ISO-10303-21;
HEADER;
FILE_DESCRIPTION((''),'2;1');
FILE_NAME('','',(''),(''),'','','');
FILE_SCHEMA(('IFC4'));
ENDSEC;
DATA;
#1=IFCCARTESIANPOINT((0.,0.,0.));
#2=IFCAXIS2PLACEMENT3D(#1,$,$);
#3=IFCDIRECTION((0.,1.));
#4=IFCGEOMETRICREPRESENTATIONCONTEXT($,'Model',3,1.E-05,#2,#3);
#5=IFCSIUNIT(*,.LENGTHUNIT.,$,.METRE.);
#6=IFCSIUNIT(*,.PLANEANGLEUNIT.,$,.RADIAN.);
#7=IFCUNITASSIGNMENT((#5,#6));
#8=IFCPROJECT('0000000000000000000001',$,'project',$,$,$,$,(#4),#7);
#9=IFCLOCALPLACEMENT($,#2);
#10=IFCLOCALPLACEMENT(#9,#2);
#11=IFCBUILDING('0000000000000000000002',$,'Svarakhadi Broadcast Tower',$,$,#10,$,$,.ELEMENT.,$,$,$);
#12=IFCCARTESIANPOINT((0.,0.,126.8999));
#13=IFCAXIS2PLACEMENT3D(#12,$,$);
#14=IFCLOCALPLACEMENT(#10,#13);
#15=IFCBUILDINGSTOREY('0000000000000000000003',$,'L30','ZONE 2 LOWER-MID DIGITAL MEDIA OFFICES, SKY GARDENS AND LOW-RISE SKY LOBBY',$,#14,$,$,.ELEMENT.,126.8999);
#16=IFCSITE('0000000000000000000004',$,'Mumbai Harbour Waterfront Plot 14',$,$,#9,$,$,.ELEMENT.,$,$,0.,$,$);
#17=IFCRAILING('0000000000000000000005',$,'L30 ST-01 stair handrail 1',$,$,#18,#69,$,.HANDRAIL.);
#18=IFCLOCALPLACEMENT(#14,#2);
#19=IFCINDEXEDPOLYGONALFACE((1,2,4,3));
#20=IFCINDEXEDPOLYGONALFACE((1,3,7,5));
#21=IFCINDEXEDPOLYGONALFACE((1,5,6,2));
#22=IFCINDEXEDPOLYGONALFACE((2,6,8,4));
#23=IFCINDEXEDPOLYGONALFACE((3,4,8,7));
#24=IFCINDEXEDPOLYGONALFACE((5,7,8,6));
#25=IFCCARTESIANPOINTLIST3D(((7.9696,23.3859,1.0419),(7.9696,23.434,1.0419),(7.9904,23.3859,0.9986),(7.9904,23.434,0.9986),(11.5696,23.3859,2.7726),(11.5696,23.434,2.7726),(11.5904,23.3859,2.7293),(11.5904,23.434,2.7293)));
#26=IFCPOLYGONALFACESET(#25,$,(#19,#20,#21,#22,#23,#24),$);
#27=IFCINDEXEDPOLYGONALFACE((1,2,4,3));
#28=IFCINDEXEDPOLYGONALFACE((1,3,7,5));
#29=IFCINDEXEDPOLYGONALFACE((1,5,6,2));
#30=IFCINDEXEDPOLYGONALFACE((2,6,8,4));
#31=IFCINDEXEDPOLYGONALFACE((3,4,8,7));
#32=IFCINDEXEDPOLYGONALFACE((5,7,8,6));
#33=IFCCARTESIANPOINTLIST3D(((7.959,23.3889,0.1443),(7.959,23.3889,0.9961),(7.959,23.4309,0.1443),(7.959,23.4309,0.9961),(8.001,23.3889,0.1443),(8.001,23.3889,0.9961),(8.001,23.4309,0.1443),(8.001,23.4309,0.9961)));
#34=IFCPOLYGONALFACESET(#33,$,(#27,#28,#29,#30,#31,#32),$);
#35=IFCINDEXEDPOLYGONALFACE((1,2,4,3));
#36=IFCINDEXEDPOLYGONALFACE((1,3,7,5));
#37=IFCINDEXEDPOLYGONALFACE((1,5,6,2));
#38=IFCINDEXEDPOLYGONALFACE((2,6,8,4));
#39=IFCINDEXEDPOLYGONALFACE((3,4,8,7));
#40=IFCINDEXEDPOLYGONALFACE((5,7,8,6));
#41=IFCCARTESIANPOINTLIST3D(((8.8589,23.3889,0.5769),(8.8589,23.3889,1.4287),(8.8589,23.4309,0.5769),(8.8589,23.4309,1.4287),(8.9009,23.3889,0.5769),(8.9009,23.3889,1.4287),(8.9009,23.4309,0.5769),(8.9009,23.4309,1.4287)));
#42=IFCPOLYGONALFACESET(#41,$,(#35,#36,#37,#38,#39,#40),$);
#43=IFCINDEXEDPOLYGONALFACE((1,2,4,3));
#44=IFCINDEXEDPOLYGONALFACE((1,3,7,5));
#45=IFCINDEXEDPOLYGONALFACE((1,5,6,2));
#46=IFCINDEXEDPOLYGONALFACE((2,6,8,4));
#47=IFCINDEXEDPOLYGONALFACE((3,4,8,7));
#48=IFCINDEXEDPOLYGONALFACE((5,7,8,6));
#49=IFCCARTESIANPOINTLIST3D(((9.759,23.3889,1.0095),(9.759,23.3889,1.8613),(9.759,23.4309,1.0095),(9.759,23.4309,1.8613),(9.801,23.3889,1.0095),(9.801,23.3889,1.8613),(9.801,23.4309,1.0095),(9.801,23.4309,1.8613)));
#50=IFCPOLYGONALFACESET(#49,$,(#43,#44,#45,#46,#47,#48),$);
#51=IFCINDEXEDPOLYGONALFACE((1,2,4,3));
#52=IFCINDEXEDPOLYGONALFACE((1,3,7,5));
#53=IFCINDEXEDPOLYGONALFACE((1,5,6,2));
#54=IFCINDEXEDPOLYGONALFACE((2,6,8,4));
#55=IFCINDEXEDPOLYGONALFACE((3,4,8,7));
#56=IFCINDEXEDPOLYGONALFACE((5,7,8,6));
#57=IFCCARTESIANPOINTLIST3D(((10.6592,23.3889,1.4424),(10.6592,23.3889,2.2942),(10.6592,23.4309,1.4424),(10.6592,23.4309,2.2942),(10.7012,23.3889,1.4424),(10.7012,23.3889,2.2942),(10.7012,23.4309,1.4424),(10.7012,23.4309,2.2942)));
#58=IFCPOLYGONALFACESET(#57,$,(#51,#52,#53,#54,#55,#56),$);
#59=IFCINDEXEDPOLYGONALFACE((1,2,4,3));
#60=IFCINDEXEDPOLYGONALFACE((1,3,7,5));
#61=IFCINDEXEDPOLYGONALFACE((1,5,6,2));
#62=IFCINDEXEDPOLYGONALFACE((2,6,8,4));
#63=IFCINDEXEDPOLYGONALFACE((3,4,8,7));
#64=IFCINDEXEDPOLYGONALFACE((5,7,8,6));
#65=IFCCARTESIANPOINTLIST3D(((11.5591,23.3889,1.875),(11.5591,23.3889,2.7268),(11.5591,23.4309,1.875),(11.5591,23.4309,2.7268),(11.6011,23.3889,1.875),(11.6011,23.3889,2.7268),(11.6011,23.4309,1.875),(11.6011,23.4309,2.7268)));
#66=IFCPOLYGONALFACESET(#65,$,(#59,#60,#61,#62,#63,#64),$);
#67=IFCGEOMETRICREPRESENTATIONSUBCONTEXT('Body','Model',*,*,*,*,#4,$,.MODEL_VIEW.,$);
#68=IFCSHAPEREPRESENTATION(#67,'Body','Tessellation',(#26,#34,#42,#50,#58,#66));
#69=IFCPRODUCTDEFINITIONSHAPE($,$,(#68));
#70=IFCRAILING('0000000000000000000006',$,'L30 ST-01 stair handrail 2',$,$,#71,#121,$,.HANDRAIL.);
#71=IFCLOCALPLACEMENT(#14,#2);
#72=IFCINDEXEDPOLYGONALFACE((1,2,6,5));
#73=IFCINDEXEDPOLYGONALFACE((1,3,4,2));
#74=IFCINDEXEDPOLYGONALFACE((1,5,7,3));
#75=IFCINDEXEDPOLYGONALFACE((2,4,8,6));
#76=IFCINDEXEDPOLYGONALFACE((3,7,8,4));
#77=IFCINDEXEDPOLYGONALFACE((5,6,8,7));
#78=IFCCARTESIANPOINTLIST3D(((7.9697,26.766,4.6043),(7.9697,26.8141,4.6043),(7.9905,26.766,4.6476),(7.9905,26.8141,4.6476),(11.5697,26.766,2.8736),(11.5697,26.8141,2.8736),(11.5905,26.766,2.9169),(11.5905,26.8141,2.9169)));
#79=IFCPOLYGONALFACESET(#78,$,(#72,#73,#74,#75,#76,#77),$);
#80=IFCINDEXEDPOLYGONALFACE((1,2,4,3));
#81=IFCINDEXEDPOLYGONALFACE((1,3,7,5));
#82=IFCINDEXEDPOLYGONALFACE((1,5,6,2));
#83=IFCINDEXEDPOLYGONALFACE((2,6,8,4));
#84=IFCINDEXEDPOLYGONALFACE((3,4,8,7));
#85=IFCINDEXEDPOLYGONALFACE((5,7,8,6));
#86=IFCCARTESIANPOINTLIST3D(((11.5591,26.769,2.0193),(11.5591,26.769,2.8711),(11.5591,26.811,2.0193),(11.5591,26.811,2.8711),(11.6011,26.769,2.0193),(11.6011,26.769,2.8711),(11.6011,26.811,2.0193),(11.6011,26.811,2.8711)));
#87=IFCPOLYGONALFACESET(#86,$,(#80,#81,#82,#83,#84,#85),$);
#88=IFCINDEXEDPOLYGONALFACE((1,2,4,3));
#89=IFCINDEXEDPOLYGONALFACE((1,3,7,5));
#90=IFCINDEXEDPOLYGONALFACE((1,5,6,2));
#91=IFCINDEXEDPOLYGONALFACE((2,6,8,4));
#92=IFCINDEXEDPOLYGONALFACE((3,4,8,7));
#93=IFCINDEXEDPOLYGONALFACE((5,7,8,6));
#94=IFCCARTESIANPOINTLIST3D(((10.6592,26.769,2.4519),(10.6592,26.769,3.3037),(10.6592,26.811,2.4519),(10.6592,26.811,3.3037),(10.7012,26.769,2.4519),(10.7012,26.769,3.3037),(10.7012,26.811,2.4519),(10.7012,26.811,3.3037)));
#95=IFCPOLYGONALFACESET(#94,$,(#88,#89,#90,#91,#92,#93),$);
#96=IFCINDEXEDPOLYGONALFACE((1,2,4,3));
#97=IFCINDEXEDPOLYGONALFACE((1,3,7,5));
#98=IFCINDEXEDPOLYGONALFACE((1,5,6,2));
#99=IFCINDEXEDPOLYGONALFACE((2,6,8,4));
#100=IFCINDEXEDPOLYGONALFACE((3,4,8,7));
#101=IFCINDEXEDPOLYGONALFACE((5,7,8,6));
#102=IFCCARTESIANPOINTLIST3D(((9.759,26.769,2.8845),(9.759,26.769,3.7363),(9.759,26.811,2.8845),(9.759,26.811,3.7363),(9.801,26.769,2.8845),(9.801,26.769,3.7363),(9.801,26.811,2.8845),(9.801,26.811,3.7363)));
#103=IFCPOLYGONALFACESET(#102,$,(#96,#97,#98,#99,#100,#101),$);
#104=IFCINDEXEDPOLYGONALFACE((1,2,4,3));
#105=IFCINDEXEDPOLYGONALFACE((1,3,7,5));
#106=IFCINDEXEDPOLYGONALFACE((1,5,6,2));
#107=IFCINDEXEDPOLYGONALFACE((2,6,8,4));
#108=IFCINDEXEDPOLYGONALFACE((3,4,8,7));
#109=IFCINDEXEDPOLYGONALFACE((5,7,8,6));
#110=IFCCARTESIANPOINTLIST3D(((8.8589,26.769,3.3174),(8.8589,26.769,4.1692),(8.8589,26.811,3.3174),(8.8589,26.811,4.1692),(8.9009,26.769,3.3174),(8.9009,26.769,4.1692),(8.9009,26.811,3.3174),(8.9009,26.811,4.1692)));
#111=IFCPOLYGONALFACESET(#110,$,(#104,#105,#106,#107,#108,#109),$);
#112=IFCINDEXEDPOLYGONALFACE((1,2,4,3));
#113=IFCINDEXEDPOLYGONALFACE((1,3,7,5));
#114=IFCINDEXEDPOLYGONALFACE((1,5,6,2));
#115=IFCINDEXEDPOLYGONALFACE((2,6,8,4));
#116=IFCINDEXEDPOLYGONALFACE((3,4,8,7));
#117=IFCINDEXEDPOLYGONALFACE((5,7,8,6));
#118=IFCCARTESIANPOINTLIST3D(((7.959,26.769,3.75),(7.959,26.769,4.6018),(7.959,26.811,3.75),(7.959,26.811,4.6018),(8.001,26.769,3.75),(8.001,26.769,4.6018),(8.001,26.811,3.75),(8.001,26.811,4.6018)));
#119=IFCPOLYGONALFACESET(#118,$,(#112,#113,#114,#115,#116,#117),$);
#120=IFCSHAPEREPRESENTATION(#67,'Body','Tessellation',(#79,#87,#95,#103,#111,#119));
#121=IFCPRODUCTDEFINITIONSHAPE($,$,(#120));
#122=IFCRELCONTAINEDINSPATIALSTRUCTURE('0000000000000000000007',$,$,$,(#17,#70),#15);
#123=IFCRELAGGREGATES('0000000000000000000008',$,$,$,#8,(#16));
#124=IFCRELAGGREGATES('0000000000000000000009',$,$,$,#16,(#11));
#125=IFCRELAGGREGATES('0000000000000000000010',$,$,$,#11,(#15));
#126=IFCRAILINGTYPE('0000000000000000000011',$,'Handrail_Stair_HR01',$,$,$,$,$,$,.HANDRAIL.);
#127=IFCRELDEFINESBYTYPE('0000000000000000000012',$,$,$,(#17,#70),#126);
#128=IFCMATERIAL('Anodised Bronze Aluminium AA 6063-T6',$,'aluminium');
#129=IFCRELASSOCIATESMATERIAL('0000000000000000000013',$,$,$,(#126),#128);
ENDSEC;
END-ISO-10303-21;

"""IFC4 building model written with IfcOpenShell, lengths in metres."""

from ifc_helpers import new_model, si_unit, direction, frame, origin, origin_2d, place, context, subcontext, project, spatial, rectangle, extrude, material, type_object, element, save


model = new_model("IFC4")

# Units and contexts
model_context = context("Model", 3, precision=1e-05, world=origin(), true_north=direction((0.0, 1.0)))
body_context = subcontext(model_context, "Body", "Model", "MODEL_VIEW")
ifc_project = project(units=[si_unit("LENGTHUNIT", "METRE"), si_unit("PLANEANGLEUNIT", "RADIAN")], contexts=[model_context])

# Site, building, storey
site_placement = place(None, origin())
site = spatial("IfcSite", under=ifc_project, at=site_placement, Name="Mumbai Harbour Waterfront Plot 14", CompositionType="ELEMENT", RefElevation=0.0)
building_placement = place(site_placement, origin())
building = spatial("IfcBuilding", under=site, at=building_placement, Name="Svarakhadi Broadcast Tower", CompositionType="ELEMENT")
storey_placement = place(building_placement, frame((0.0, 0.0, 126.8999)))
storey = spatial("IfcBuildingStorey", under=building, at=storey_placement, Name="L30", Description="ZONE 2 LOWER-MID DIGITAL MEDIA OFFICES, SKY GARDENS AND LOW-RISE SKY LOBBY", CompositionType="ELEMENT", Elevation=126.8999)

# Railings
ifc_material_1 = material(Name="Anodised Bronze Aluminium AA 6063-T6", Category="aluminium")
railing_type_1 = type_object("IfcRailingType", Name="Handrail_Stair_HR01", PredefinedType="HANDRAIL", material=ifc_material_1)
railing_1_placement = place(storey_placement, frame((7.98, 23.4099, 0.1443)))
element("IfcRailing", 1, at=railing_1_placement, inside=storey, type_object=railing_type_1, Name="L30 ST-01 stair handrail 1", PredefinedType="HANDRAIL", context=body_context, shape_type="SweptSolid", body=[
    extrude(rectangle(XDim=0.0481, YDim=0.0481, at=origin_2d()), frame((0.0, 0.0, 0.876), z_axis=(0.901263, 0.0, 0.433273), x_axis=(0.0, 1.0, 0.0)), (0.0, 0.0, 1.0), 3.9944),
    extrude(rectangle(XDim=0.042, YDim=0.042, at=origin_2d()), origin(), (0.0, 0.0, 1.0), 0.8518),
    extrude(rectangle(XDim=0.042, YDim=0.042, at=origin_2d()), frame((0.8999, 0.0, 0.4326)), (0.0, 0.0, 1.0), 0.8518),
    extrude(rectangle(XDim=0.042, YDim=0.042, at=origin_2d()), frame((1.8, 0.0, 0.8652)), (0.0, 0.0, 1.0), 0.8518),
    extrude(rectangle(XDim=0.042, YDim=0.042, at=origin_2d()), frame((2.7002, 0.0, 1.2981)), (0.0, 0.0, 1.0), 0.8518),
    extrude(rectangle(XDim=0.042, YDim=0.042, at=origin_2d()), frame((3.6001, 0.0, 1.7307)), (0.0, 0.0, 1.0), 0.8518),
])
railing_2_placement = place(storey_placement, frame((11.5801, 26.79, 2.0193)))
element("IfcRailing", 2, at=railing_2_placement, inside=storey, type_object=railing_type_1, Name="L30 ST-01 stair handrail 2", PredefinedType="HANDRAIL", context=body_context, shape_type="SweptSolid", body=[
    extrude(rectangle(XDim=0.0481, YDim=0.0481, at=origin_2d()), frame((0.0, 0.0, 0.876), z_axis=(-0.901263, 0.0, 0.433273), x_axis=(0.0, -1.0, 0.0)), (0.0, 0.0, 1.0), 3.9944),
    extrude(rectangle(XDim=0.042, YDim=0.042, at=origin_2d()), origin(), (0.0, 0.0, 1.0), 0.8518),
    extrude(rectangle(XDim=0.042, YDim=0.042, at=origin_2d()), frame((-0.8999, 0.0, 0.4326)), (0.0, 0.0, 1.0), 0.8518),
    extrude(rectangle(XDim=0.042, YDim=0.042, at=origin_2d()), frame((-1.8, 0.0, 0.8652)), (0.0, 0.0, 1.0), 0.8518),
    extrude(rectangle(XDim=0.042, YDim=0.042, at=origin_2d()), frame((-2.7002, 0.0, 1.2981)), (0.0, 0.0, 1.0), 0.8518),
    extrude(rectangle(XDim=0.042, YDim=0.042, at=origin_2d()), frame((-3.6001, 0.0, 1.7307)), (0.0, 0.0, 1.0), 0.8518),
])

save(model, "model.ifc")
